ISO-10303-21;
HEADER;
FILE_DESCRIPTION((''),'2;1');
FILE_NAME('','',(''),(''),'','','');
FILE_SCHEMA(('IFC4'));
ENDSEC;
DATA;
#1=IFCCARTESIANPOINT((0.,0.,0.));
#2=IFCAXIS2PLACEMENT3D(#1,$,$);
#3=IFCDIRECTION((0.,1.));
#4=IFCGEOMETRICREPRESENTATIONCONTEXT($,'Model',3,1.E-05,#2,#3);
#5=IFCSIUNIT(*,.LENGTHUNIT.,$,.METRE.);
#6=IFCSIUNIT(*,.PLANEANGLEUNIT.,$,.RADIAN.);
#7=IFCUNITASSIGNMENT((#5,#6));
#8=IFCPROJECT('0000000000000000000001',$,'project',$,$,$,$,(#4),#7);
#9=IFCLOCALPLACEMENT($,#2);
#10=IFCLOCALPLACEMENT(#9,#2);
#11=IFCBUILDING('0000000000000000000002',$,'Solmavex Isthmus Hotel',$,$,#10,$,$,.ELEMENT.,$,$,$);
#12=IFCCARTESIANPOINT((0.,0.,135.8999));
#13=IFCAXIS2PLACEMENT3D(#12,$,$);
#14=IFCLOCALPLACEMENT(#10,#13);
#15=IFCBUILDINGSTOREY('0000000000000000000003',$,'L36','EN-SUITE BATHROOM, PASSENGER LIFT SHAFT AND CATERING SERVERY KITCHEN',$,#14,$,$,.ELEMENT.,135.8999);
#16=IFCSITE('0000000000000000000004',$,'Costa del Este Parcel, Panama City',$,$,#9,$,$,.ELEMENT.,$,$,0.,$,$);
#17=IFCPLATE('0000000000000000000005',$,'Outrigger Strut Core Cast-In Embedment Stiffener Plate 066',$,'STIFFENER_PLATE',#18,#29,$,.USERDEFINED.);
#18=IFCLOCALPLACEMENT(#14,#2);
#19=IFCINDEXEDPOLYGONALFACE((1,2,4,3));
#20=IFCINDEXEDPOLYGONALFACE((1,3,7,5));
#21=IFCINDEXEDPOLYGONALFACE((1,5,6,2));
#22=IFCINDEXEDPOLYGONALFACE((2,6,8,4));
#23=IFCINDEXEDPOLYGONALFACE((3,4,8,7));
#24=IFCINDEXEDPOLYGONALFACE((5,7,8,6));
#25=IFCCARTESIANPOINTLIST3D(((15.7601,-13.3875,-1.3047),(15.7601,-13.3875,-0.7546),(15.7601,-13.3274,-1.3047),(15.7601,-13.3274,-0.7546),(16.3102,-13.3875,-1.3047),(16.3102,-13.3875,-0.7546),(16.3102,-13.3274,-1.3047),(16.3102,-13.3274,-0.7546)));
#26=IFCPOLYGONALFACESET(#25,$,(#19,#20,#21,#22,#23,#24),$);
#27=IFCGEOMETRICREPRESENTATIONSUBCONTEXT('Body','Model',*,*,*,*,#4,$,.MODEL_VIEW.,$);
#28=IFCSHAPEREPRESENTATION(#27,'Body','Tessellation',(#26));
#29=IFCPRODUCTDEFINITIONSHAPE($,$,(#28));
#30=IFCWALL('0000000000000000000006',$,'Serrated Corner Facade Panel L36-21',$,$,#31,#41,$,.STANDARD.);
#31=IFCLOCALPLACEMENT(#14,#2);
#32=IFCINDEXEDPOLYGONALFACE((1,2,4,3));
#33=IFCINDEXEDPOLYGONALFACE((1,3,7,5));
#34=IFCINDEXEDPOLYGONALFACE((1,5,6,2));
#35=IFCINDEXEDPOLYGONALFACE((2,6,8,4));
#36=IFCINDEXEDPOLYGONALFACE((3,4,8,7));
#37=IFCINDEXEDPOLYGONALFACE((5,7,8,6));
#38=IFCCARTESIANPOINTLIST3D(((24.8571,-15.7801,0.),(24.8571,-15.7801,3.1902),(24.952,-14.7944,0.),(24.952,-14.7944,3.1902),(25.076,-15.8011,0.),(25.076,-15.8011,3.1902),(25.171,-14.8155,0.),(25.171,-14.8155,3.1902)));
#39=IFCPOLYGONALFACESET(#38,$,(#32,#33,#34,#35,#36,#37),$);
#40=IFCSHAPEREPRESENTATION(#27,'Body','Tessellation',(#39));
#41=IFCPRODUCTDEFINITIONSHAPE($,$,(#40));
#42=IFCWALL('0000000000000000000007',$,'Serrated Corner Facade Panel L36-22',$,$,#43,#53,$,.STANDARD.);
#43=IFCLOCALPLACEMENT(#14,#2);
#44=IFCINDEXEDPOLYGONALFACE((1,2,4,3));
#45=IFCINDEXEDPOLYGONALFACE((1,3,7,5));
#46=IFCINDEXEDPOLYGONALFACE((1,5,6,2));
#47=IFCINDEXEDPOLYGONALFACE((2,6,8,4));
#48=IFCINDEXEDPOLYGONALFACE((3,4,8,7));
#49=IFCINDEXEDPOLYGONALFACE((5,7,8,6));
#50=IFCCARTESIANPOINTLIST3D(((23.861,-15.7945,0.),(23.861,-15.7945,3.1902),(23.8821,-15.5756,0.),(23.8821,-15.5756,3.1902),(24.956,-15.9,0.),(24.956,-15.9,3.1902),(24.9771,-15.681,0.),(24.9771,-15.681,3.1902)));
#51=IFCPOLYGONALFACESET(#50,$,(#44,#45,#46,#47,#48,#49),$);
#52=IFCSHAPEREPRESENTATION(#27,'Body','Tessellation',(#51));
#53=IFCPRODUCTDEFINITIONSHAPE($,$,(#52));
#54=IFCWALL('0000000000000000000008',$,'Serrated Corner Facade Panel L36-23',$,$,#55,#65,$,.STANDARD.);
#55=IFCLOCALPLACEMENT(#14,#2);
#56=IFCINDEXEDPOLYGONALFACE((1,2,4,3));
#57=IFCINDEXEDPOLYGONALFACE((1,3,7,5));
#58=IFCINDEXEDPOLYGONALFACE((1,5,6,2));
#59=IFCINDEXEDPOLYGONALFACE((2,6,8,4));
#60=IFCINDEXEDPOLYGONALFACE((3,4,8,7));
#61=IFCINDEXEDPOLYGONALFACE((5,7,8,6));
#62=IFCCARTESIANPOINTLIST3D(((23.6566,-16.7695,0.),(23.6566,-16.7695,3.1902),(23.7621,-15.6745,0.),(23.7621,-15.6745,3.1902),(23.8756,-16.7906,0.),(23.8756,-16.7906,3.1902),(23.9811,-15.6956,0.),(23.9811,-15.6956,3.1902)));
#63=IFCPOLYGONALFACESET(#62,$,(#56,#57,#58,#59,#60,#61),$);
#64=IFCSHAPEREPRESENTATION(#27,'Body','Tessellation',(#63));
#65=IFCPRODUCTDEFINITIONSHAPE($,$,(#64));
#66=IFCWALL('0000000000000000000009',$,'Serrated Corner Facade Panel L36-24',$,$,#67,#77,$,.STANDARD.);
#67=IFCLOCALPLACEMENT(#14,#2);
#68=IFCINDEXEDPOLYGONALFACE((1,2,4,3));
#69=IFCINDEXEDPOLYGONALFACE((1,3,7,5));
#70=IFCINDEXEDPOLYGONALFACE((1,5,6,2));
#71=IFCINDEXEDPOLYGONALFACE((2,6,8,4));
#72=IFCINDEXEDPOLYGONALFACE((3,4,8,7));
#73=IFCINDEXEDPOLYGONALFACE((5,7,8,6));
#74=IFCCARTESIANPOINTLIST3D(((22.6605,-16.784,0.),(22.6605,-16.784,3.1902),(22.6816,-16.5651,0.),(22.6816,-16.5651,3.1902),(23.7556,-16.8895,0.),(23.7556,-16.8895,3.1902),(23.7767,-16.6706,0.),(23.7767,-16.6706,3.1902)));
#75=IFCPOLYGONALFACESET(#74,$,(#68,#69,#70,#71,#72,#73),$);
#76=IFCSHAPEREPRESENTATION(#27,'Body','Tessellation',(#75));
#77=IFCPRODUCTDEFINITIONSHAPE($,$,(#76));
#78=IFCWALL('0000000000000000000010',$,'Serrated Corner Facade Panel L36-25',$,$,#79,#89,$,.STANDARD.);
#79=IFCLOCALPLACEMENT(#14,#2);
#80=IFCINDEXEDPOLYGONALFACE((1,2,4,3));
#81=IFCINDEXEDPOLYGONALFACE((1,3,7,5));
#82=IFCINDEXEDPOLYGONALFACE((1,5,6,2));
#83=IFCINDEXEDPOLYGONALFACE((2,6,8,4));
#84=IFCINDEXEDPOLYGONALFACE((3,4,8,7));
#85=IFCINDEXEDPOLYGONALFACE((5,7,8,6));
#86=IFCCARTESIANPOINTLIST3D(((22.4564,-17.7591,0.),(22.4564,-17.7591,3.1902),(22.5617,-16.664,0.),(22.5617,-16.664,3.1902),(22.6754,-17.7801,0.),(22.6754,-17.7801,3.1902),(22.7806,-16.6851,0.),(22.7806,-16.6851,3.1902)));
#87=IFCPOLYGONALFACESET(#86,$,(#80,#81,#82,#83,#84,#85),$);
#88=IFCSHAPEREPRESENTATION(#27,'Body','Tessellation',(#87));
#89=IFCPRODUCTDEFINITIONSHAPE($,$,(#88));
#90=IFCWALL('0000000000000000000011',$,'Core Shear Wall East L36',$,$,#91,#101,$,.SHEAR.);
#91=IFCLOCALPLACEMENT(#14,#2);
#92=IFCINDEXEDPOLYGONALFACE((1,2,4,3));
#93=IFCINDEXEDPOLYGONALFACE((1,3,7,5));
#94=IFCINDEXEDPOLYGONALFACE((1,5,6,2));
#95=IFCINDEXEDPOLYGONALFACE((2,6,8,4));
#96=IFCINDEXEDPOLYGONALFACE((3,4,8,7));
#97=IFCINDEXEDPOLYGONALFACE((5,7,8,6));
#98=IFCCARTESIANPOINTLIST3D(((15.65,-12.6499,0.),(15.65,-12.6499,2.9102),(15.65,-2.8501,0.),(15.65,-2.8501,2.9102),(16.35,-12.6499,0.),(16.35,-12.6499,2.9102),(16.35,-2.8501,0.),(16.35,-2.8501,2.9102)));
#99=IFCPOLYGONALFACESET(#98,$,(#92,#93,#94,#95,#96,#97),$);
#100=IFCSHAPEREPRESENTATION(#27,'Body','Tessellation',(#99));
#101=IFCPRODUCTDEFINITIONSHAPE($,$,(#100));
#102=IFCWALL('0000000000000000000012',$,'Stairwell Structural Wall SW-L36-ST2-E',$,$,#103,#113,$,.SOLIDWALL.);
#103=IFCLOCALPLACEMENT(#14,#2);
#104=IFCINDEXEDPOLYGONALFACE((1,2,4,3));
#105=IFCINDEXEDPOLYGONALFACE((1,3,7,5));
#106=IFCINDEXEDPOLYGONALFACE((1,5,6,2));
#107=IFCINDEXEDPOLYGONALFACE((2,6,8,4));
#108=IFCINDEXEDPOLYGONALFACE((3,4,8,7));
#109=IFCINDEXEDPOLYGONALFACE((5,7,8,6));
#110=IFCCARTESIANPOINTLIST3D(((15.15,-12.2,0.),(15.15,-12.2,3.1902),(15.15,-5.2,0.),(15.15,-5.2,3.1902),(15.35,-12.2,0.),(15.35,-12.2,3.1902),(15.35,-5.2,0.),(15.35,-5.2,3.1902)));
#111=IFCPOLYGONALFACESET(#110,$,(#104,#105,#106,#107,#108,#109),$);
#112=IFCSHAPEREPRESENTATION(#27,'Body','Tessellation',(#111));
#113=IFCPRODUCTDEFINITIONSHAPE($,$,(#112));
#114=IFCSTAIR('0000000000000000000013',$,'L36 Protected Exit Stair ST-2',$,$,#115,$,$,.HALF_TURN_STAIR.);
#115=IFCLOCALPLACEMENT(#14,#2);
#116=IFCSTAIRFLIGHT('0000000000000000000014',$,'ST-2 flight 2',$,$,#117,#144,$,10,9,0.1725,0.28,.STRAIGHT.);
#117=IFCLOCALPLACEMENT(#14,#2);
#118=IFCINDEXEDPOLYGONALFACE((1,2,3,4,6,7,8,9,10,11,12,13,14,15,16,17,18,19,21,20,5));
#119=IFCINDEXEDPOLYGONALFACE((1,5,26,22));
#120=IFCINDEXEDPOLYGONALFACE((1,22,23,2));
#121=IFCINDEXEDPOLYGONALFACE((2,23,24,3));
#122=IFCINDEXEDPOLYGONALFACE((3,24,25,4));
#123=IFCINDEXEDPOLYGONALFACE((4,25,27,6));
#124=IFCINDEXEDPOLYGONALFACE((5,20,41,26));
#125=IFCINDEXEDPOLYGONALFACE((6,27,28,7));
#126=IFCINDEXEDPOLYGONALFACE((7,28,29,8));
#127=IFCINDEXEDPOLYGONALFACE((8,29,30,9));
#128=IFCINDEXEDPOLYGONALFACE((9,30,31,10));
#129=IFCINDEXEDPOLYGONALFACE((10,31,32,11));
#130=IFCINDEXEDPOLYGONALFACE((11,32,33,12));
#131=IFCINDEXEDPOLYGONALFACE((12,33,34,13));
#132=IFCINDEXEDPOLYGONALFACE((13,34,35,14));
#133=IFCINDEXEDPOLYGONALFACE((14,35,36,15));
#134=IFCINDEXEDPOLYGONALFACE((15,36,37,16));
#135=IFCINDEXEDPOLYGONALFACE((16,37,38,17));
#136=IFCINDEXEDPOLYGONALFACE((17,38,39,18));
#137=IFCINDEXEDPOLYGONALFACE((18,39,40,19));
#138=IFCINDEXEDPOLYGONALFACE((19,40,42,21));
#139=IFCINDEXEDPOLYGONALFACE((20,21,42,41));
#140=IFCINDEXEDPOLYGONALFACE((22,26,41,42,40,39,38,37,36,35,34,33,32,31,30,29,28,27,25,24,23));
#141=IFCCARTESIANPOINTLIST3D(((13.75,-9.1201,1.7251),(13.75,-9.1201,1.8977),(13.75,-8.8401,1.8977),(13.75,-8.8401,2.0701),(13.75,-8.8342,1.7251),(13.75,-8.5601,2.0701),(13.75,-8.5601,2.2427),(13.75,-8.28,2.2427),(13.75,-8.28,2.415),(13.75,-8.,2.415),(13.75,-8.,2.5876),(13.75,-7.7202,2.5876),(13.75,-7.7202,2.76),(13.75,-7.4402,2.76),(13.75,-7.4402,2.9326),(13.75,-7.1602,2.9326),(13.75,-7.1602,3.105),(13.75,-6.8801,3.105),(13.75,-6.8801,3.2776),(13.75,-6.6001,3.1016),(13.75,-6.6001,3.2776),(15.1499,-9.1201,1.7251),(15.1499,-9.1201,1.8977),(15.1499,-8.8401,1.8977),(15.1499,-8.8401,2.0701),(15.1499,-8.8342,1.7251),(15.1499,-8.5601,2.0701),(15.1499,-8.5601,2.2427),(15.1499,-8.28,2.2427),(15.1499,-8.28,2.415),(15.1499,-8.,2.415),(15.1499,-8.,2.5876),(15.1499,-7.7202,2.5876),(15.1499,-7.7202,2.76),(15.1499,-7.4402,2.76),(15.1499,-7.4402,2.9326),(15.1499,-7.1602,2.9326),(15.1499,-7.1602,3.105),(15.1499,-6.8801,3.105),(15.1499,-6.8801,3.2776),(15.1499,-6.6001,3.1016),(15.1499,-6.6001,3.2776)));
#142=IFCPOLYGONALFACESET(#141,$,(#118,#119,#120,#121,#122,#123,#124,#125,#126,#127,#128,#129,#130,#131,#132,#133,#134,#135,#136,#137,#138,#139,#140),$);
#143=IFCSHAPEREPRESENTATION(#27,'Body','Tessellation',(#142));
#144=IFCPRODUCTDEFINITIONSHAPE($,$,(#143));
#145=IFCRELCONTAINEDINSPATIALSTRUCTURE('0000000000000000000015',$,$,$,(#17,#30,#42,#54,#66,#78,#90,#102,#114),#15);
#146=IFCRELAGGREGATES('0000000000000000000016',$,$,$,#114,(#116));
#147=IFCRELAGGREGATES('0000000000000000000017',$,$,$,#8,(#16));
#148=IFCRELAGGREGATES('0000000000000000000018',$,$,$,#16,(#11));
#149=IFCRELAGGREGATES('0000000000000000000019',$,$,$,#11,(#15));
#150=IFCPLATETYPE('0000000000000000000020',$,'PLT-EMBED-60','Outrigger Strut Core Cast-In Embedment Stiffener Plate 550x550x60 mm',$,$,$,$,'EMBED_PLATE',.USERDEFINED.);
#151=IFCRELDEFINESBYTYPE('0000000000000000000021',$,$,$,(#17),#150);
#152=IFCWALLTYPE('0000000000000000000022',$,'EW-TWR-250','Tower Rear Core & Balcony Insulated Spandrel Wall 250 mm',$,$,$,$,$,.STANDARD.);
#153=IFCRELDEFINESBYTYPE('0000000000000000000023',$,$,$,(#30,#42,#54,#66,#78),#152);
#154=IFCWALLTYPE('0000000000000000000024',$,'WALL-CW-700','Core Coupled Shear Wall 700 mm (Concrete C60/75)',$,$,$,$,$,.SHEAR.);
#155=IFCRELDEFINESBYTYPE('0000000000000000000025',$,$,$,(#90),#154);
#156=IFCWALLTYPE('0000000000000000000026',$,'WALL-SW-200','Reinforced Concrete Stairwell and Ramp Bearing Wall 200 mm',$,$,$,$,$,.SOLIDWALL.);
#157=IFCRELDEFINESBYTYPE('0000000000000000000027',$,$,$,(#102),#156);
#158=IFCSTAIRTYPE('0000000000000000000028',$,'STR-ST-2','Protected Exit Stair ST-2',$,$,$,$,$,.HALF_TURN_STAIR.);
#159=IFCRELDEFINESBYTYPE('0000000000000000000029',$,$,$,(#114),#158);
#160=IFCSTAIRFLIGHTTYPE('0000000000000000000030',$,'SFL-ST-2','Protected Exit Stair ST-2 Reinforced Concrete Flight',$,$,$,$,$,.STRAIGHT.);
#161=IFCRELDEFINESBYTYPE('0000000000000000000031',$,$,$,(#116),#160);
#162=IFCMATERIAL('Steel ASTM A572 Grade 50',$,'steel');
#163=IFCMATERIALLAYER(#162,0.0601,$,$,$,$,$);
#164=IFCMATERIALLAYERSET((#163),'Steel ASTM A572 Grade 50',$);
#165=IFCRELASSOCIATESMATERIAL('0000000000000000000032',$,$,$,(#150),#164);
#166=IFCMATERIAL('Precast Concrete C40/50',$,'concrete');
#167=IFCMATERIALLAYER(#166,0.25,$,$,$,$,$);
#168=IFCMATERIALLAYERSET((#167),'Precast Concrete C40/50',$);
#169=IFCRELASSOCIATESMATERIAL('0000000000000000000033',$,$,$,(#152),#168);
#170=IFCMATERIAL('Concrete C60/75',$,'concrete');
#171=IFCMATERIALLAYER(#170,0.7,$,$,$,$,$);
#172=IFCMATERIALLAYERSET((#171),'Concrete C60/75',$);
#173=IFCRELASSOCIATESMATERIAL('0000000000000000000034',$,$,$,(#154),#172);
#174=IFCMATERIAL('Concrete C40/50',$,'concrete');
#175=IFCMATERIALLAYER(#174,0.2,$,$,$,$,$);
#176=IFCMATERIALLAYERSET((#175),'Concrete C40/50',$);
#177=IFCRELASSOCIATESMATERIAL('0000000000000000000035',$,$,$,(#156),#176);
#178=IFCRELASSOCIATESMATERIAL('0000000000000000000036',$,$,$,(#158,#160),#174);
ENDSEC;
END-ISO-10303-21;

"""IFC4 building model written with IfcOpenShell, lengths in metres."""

from ifc_helpers import new_model, si_unit, direction, frame, frame_2d, origin, origin_2d, place, context, subcontext, project, spatial, polyline, rectangle, outline, extrude, material, layer, layer_set, type_object, element, aggregate, save


model = new_model("IFC4")

# Units and contexts
model_context = context("Model", 3, precision=1e-05, world=origin(), true_north=direction((0.0, 1.0)))
body_context = subcontext(model_context, "Body", "Model", "MODEL_VIEW")
ifc_project = project(units=[si_unit("LENGTHUNIT", "METRE"), si_unit("PLANEANGLEUNIT", "RADIAN")], contexts=[model_context])

# Site, building, storey
site_placement = place(None, origin())
site = spatial("IfcSite", under=ifc_project, at=site_placement, Name="Costa del Este Parcel, Panama City", CompositionType="ELEMENT", RefElevation=0.0)
building_placement = place(site_placement, origin())
building = spatial("IfcBuilding", under=site, at=building_placement, Name="Solmavex Isthmus Hotel", CompositionType="ELEMENT")
storey_placement = place(building_placement, frame((0.0, 0.0, 135.8999)))
storey = spatial("IfcBuildingStorey", under=building, at=storey_placement, Name="L36", Description="EN-SUITE BATHROOM, PASSENGER LIFT SHAFT AND CATERING SERVERY KITCHEN", CompositionType="ELEMENT", Elevation=135.8999)

# Shared definitions
ifc_material_1 = material(Name="Concrete C60/75", Category="concrete")

# Shared definitions
ifc_material_2 = material(Name="Steel ASTM A572 Grade 50", Category="steel")

# Plate
ifc_layer_1 = layer(ifc_material_2, 0.0601)
ifc_layer_set_1 = layer_set([ifc_layer_1], Name="Steel ASTM A572 Grade 50")
plate_type_1 = type_object("IfcPlateType", Name="PLT-EMBED-60", Description="Outrigger Strut Core Cast-In Embedment Stiffener Plate 550x550x60 mm", ElementType="EMBED_PLATE", PredefinedType="USERDEFINED", material=ifc_layer_set_1)
for number, where, z_axis, x_axis, name in (
    (1, (16.0352, -13.3574, -1.3047), (0.0, 0.0, 1.0), (1.0, 0.0, 0.0), "Outrigger Strut Core Cast-In Embedment Stiffener Plate 066"),
):
    element("IfcPlate", number, at=place(storey_placement, frame(where, z_axis=z_axis, x_axis=x_axis)), inside=storey, type_object=plate_type_1, Name=name, ObjectType="STIFFENER_PLATE", PredefinedType="USERDEFINED", context=body_context, shape_type="SweptSolid", body=[
        extrude(rectangle(XDim=0.55, YDim=0.0601, at=origin_2d()), origin(), (0.0, 0.0, 1.0), 0.55),
    ])

# Walls
ifc_material_3 = material(Name="Precast Concrete C40/50", Category="concrete")
ifc_layer_2 = layer(ifc_material_3, 0.25)
ifc_layer_set_2 = layer_set([ifc_layer_2], Name="Precast Concrete C40/50")
wall_type_1 = type_object("IfcWallType", Name="EW-TWR-250", Description="Tower Rear Core & Balcony Insulated Spandrel Wall 250 mm", PredefinedType="STANDARD", material=ifc_layer_set_2)
wall_1_placement = place(storey_placement, frame((25.0615, -14.8049, 0.0), z_axis=(0.0, 0.0, 1.0), x_axis=(-0.095914, -0.99539, 0.0)))
element("IfcWall", 2, at=wall_1_placement, inside=storey, type_object=wall_type_1, Name="Serrated Corner Facade Panel L36-21", PredefinedType="STANDARD", context=body_context, shape_type="SweptSolid", body=[
    extrude(rectangle(XDim=0.9902, YDim=0.22, at=frame_2d((0.4951, 0.0))), origin(), (0.0, 0.0, 1.0), 3.1902),
])
for number, where, z_axis, x_axis, name in (
    (3, (24.9666, -15.7905, 0.0), (0.0, 0.0, 1.0), (-0.995393, 0.095877, 0.0), "Serrated Corner Facade Panel L36-22"),
    (4, (23.8716, -15.6851, 0.0), (0.0, 0.0, 1.0), (-0.095877, -0.995393, 0.0), "Serrated Corner Facade Panel L36-23"),
    (5, (23.7661, -16.78, 0.0), (0.0, 0.0, 1.0), (-0.995393, 0.095877, 0.0), "Serrated Corner Facade Panel L36-24"),
    (6, (22.6711, -16.6746, 0.0), (0.0, 0.0, 1.0), (-0.095657, -0.995414, 0.0), "Serrated Corner Facade Panel L36-25"),
):
    element("IfcWall", number, at=place(storey_placement, frame(where, z_axis=z_axis, x_axis=x_axis)), inside=storey, type_object=wall_type_1, Name=name, PredefinedType="STANDARD", context=body_context, shape_type="SweptSolid", body=[
        extrude(rectangle(XDim=1.1001, YDim=0.22, at=frame_2d((0.55, 0.0))), origin(), (0.0, 0.0, 1.0), 3.1902),
    ])
ifc_layer_3 = layer(ifc_material_1, 0.7)
ifc_layer_set_3 = layer_set([ifc_layer_3], Name="Concrete C60/75")
wall_type_2 = type_object("IfcWallType", Name="WALL-CW-700", Description="Core Coupled Shear Wall 700 mm (Concrete C60/75)", PredefinedType="SHEAR", material=ifc_layer_set_3)
wall_2_placement = place(storey_placement, frame((16.0, -12.6499, 0.0), z_axis=(0.0, 0.0, 1.0), x_axis=(0.0, 1.0, 0.0)))
element("IfcWall", 7, at=wall_2_placement, inside=storey, type_object=wall_type_2, Name="Core Shear Wall East L36", PredefinedType="SHEAR", context=body_context, shape_type="SweptSolid", body=[
    extrude(rectangle(XDim=9.7998, YDim=0.7, at=frame_2d((4.8999, 0.0))), origin(), (0.0, 0.0, 1.0), 2.9102),
])
ifc_material_4 = material(Name="Concrete C40/50", Category="concrete")
ifc_layer_4 = layer(ifc_material_4, 0.2)
ifc_layer_set_4 = layer_set([ifc_layer_4], Name="Concrete C40/50")
wall_type_3 = type_object("IfcWallType", Name="WALL-SW-200", Description="Reinforced Concrete Stairwell and Ramp Bearing Wall 200 mm", PredefinedType="SOLIDWALL", material=ifc_layer_set_4)
wall_3_placement = place(storey_placement, frame((15.25, -12.2, 0.0), z_axis=(0.0, 0.0, 1.0), x_axis=(0.0, 1.0, 0.0)))
element("IfcWall", 8, at=wall_3_placement, inside=storey, type_object=wall_type_3, Name="Stairwell Structural Wall SW-L36-ST2-E", PredefinedType="SOLIDWALL", context=body_context, shape_type="SweptSolid", body=[
    extrude(rectangle(XDim=7.0, YDim=0.2, at=frame_2d((3.5, 0.0))), origin(), (0.0, 0.0, 1.0), 3.1902),
])

# Stair, stair flight
stair_type = type_object("IfcStairType", Name="STR-ST-2", Description="Protected Exit Stair ST-2", PredefinedType="HALF_TURN_STAIR", material=ifc_material_4)
stair_placement = place(storey_placement, origin())
stair = element("IfcStair", 9, at=stair_placement, inside=storey, type_object=stair_type, Name="L36 Protected Exit Stair ST-2", PredefinedType="HALF_TURN_STAIR")
stair_flight_type = type_object("IfcStairFlightType", Name="SFL-ST-2", Description="Protected Exit Stair ST-2 Reinforced Concrete Flight", PredefinedType="STRAIGHT", material=ifc_material_4)
stair_flight_placement = place(storey_placement, frame((14.45, -9.1201, 1.7251), z_axis=(0.0, 0.0, 1.0), x_axis=(0.0, 1.0, 0.0)))
stair_flight = element("IfcStairFlight", 10, at=stair_flight_placement, type_object=stair_flight_type, Name="ST-2 flight 2", NumberOfRisers=10, NumberOfTreads=9, PredefinedType="STRAIGHT", RiserHeight=0.1725, TreadLength=0.28, context=body_context, shape_type="SweptSolid", body=[
    extrude(outline(polyline([(0.0, 0.0), (0.0, 0.1726), (0.28, 0.1726), (0.28, 0.345), (0.5601, 0.345), (0.5601, 0.5176), (0.8401, 0.5176), (0.8401, 0.6899), (1.1201, 0.6899), (1.1201, 0.8625), (1.3999, 0.8625), (1.3999, 1.0349), (1.6799, 1.0349), (1.6799, 1.2075), (1.96, 1.2075), (1.96, 1.3799), (2.24, 1.3799), (2.24, 1.5525), (2.52, 1.5525), (2.52, 1.7251), (2.52, 1.3765), (0.2859, 0.0), (0.0, 0.0)])), frame((0.0, 0.7, 0.0), z_axis=(0.0, -1.0, 0.0), x_axis=(1.0, 0.0, 0.0)), (0.0, 0.0, 1.0), 1.3999),
])
aggregate(stair, [stair_flight])

save(model, "model.ifc")
